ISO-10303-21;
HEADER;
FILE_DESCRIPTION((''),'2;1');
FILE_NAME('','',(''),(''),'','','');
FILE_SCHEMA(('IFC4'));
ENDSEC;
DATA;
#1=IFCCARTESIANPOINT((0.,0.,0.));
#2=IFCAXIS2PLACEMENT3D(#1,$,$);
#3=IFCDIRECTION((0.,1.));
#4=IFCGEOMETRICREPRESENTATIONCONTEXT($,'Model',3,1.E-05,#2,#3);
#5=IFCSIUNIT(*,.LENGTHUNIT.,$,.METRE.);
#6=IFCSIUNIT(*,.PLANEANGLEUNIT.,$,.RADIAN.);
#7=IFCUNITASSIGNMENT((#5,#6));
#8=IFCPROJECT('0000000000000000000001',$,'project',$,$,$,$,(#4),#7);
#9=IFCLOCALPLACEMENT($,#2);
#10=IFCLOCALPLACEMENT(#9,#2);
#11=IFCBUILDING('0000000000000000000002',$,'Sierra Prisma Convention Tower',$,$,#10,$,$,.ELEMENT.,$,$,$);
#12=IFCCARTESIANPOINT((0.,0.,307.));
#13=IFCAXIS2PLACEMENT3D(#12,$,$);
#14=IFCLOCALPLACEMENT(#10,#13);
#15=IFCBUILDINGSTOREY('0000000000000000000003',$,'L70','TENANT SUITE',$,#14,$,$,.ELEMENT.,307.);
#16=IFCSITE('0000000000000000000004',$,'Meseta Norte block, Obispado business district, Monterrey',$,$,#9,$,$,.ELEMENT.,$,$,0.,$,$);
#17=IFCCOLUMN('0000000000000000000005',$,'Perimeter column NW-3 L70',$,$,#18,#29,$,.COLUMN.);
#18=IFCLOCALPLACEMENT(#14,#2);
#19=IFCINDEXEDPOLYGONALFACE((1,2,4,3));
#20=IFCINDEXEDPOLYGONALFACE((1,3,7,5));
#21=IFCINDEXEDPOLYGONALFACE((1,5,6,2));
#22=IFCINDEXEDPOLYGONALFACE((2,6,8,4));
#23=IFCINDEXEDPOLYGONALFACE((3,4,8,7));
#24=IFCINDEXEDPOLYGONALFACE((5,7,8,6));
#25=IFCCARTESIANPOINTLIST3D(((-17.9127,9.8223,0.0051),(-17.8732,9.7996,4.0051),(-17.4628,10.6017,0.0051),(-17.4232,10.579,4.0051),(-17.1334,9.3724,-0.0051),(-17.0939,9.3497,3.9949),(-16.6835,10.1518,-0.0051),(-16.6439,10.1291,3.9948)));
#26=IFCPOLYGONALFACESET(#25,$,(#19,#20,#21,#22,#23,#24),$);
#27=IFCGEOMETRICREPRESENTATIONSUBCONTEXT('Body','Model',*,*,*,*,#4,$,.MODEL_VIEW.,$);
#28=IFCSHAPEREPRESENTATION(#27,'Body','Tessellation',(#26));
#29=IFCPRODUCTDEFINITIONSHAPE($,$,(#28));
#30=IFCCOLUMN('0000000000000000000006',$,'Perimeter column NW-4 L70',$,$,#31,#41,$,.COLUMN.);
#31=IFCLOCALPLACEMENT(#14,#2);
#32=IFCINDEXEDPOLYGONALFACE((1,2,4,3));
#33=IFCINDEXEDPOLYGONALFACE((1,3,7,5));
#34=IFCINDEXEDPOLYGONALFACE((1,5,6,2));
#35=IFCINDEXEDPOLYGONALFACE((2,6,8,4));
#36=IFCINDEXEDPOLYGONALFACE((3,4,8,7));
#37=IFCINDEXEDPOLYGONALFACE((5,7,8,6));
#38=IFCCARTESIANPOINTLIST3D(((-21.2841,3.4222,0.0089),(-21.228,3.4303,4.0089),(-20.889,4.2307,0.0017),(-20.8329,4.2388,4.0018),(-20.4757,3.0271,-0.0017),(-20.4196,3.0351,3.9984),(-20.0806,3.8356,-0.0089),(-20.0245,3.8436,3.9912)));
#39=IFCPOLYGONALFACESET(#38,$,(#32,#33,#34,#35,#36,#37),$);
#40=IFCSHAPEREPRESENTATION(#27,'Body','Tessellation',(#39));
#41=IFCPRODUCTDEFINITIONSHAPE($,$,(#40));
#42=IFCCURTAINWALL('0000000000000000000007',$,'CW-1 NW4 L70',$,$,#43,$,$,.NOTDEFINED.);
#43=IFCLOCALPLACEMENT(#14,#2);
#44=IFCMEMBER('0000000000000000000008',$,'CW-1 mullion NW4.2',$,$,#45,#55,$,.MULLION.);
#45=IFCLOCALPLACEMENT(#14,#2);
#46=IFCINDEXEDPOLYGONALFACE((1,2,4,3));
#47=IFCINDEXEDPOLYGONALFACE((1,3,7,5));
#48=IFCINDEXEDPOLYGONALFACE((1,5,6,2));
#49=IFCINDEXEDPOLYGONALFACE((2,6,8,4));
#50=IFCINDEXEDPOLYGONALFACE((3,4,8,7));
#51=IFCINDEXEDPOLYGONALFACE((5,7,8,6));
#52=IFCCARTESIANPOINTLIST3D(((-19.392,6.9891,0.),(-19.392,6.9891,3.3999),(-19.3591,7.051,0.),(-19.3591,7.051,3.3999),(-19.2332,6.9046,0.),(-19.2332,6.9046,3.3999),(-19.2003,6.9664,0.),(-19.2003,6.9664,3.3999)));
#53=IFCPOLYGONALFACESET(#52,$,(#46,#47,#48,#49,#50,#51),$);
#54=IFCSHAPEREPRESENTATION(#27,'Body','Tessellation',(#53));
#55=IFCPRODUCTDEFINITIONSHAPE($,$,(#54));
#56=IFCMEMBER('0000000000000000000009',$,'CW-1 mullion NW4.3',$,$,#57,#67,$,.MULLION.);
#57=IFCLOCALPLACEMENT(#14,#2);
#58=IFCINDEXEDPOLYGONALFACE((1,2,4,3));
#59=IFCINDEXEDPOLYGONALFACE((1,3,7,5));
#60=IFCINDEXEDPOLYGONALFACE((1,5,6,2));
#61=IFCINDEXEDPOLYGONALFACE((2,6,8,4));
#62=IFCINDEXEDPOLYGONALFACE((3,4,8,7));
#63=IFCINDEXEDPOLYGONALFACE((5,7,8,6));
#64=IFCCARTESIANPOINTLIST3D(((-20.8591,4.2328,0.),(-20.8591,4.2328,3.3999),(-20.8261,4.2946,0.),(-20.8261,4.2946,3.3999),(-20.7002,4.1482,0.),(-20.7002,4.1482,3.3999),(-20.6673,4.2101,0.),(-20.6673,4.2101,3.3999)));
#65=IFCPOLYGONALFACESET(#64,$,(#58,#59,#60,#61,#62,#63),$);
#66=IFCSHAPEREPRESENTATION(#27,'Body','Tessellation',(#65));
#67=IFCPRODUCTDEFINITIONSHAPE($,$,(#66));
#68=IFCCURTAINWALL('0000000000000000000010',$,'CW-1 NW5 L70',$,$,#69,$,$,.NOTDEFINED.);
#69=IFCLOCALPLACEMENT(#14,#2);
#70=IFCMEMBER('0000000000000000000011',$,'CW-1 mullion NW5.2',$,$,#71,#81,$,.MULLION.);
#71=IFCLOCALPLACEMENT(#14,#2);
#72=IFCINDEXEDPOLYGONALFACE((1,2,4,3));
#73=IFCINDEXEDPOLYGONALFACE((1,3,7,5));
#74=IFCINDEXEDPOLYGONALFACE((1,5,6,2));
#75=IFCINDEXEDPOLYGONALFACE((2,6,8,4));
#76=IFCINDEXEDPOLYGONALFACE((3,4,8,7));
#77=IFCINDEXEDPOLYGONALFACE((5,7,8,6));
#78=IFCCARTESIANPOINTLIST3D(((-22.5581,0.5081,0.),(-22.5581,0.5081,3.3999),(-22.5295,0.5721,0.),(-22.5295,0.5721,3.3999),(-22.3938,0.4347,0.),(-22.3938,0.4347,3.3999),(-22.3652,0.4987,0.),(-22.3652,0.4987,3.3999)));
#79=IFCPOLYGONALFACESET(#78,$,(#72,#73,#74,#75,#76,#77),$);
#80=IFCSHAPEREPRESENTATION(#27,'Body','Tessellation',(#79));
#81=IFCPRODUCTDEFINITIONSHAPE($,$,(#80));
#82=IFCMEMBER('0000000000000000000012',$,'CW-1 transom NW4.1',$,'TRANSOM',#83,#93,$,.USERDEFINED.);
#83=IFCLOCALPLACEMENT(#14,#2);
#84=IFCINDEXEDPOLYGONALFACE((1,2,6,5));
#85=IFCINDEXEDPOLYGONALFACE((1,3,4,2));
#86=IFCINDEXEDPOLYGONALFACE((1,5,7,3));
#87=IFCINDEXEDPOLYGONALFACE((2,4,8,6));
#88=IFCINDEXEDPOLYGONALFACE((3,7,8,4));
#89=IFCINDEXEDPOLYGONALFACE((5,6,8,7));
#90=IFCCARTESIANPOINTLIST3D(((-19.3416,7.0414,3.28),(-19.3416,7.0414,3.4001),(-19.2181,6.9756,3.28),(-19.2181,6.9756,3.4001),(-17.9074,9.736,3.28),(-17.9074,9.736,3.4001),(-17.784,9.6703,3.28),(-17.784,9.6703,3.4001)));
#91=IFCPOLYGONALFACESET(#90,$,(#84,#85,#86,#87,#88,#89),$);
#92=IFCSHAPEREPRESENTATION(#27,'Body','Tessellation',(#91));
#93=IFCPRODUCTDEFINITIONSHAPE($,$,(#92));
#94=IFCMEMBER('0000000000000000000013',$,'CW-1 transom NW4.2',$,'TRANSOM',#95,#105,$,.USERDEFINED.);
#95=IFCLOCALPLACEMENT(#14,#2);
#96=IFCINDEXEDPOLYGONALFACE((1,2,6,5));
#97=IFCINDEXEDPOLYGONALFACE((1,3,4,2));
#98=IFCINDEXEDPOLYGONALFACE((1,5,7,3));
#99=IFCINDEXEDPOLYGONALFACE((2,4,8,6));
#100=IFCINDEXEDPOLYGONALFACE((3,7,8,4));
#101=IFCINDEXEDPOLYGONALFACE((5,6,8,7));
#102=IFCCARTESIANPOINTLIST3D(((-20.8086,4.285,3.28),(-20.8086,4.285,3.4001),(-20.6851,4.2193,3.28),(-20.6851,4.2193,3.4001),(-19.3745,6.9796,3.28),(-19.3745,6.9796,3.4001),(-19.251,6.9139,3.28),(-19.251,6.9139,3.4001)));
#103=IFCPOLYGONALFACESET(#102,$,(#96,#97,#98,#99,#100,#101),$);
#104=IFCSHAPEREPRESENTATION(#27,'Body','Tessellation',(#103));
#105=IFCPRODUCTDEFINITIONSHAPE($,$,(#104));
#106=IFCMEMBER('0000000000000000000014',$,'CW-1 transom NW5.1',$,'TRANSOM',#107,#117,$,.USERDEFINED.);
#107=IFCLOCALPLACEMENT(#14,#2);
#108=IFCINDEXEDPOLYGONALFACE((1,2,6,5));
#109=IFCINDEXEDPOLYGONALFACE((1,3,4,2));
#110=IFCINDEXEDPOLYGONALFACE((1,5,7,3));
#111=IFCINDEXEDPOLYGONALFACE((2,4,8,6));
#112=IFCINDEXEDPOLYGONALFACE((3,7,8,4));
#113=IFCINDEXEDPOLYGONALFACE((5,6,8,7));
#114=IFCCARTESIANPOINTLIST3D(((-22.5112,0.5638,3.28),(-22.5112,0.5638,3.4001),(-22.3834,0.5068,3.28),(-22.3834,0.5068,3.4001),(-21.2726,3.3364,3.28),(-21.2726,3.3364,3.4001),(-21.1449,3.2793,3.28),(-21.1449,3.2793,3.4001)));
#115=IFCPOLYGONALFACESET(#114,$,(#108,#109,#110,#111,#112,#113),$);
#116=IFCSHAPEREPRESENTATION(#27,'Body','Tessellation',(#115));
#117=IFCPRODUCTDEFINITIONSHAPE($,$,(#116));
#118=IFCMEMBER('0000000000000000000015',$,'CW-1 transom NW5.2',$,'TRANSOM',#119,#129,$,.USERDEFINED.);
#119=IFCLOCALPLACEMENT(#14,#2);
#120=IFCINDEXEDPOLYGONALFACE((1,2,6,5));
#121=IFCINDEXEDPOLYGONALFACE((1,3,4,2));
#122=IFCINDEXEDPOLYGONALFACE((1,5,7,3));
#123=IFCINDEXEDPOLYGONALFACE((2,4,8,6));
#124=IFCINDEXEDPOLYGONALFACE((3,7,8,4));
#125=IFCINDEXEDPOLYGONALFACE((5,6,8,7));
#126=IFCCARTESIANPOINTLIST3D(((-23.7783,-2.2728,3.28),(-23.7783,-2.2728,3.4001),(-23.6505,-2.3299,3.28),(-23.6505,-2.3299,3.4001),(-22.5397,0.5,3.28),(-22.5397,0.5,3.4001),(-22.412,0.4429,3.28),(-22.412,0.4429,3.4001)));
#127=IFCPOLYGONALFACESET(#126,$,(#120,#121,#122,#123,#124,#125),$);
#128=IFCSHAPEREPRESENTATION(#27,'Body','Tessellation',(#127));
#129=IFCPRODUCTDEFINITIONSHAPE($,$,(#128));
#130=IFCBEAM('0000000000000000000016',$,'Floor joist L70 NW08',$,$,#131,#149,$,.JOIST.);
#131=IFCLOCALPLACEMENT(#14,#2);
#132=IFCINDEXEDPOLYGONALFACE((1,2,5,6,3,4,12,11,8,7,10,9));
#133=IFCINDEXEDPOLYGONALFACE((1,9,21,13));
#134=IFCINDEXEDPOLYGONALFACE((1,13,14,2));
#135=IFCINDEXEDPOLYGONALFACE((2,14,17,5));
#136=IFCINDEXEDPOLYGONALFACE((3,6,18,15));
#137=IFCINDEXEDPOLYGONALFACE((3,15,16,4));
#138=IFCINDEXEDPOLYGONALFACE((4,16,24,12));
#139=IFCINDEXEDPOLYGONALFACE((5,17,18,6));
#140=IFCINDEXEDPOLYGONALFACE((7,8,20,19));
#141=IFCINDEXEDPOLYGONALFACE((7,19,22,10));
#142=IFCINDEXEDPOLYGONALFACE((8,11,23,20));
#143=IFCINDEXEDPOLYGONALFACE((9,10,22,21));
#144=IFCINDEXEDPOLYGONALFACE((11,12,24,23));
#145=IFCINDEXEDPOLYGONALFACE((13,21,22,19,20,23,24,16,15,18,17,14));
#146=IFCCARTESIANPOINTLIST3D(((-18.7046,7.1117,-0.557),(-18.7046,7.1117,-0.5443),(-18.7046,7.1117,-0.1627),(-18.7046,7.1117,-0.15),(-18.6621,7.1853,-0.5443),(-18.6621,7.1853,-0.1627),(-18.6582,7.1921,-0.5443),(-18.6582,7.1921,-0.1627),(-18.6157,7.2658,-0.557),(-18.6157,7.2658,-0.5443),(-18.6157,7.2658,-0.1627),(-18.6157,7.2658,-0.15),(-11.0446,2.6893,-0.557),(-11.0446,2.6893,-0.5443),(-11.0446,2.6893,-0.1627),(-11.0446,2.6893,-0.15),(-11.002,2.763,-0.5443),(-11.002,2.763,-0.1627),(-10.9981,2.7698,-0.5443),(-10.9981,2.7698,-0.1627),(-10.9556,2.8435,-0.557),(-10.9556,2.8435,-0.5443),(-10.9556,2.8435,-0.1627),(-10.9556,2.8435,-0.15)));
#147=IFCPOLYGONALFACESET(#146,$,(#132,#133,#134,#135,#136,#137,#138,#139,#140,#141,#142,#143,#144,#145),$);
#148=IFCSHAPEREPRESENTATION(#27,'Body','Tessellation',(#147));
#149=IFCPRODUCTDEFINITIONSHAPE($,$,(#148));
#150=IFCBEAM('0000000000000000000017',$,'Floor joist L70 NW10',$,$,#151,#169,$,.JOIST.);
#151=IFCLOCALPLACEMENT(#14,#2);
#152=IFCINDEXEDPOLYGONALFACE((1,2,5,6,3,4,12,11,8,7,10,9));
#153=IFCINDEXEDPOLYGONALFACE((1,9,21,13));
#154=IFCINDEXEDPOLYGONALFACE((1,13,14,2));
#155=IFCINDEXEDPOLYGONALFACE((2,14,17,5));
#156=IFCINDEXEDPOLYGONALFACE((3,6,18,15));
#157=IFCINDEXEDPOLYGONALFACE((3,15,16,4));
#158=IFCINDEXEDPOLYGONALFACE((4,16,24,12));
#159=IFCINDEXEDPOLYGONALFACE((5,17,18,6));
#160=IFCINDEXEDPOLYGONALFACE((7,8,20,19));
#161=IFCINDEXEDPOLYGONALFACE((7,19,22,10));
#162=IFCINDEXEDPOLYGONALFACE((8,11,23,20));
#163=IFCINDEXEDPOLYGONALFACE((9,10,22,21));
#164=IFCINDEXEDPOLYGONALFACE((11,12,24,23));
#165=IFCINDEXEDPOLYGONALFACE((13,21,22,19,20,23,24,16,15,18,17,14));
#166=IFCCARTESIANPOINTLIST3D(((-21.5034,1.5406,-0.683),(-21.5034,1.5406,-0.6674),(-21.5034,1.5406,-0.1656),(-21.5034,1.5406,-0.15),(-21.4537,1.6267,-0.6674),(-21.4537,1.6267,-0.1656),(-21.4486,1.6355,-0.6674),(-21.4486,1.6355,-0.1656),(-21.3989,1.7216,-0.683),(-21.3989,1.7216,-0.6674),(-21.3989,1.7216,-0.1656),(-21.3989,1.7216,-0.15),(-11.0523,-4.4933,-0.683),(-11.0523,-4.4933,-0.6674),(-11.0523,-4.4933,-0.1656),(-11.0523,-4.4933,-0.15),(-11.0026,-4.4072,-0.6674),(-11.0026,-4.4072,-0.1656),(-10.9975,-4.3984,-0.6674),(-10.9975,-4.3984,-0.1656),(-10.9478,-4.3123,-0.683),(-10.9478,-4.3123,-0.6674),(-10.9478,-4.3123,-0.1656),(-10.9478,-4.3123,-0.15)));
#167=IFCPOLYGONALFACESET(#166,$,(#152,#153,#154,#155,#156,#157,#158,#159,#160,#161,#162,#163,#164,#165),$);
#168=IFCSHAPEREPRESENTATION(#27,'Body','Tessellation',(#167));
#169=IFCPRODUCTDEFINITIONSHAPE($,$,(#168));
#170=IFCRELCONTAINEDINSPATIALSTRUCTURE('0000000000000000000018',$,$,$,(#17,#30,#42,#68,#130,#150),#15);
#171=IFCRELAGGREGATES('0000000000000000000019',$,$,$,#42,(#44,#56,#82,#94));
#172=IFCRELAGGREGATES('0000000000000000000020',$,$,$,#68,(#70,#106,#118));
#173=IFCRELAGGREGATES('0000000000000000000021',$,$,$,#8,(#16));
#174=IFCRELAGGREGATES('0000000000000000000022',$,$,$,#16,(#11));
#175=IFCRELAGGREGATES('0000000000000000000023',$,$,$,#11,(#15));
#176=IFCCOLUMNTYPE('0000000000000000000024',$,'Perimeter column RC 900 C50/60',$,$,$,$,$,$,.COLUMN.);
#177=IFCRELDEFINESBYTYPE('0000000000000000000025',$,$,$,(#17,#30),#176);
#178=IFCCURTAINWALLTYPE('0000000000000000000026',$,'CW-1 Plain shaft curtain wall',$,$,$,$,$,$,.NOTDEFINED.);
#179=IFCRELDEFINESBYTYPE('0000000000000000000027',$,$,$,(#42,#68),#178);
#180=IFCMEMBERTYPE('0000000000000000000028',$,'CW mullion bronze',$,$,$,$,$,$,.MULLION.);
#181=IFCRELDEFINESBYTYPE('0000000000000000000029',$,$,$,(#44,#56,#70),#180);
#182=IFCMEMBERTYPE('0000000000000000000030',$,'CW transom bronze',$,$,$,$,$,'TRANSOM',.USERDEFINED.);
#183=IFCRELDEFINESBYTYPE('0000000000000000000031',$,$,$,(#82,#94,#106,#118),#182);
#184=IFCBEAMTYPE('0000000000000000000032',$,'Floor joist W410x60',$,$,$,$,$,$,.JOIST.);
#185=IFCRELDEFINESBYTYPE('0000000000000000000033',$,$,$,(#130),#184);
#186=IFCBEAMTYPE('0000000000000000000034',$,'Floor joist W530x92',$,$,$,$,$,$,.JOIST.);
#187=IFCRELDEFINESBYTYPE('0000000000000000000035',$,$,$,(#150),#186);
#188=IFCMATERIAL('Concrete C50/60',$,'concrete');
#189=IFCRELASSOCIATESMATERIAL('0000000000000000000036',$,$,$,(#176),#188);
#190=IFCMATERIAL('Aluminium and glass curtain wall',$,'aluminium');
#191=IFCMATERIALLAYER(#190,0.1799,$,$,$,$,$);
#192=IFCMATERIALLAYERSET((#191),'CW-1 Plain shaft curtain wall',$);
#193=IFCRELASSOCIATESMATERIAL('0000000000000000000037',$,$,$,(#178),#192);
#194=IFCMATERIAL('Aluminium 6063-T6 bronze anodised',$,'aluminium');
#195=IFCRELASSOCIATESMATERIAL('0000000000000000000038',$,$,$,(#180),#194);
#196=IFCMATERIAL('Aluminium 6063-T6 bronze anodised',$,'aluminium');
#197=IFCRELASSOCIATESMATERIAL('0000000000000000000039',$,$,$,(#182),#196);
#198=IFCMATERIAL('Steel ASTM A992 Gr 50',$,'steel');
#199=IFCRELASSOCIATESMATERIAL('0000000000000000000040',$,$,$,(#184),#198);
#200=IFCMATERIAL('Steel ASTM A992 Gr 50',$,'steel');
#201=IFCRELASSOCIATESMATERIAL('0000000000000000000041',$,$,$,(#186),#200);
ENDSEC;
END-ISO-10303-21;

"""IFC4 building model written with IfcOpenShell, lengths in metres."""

from ifc_helpers import new_model, si_unit, direction, frame, origin, origin_2d, place, context, subcontext, project, spatial, rectangle, i_section, extrude, material, layer, layer_set, material_profile, profile_set, type_object, element, aggregate, save


model = new_model("IFC4")

# Units and contexts
model_context = context("Model", 3, precision=1e-05, world=origin(), true_north=direction((0.0, 1.0)))
body_context = subcontext(model_context, "Body", "Model", "MODEL_VIEW")
ifc_project = project(units=[si_unit("LENGTHUNIT", "METRE"), si_unit("PLANEANGLEUNIT", "RADIAN")], contexts=[model_context])

# Site, building, storey
site_placement = place(None, origin())
site = spatial("IfcSite", under=ifc_project, at=site_placement, Name="Meseta Norte block, Obispado business district, Monterrey", CompositionType="ELEMENT", RefElevation=0.0)
building_placement = place(site_placement, origin())
building = spatial("IfcBuilding", under=site, at=building_placement, Name="Sierra Prisma Convention Tower", CompositionType="ELEMENT")
storey_placement = place(building_placement, frame((0.0, 0.0, 307.0)))
storey = spatial("IfcBuildingStorey", under=building, at=storey_placement, Name="L70", Description="TENANT SUITE", CompositionType="ELEMENT", Elevation=307.0)

# Columns
ifc_material_1 = material(Name="Concrete C50/60", Category="concrete")
ifc_material_profile_1 = material_profile(ifc_material_1, rectangle(XDim=0.8999, YDim=0.8999, at=origin_2d()), Name="Perimeter column RC 900 C50/60")
ifc_profile_set_1 = profile_set([ifc_material_profile_1], Name="Concrete C50/60")
column_type = type_object("IfcColumnType", Name="Perimeter column RC 900 C50/60", PredefinedType="COLUMN", material=ifc_profile_set_1)
column_1_placement = place(storey_placement, frame((-17.2981, 9.9871, 0.0), z_axis=(0.009887, -0.005676, 0.999935), x_axis=(0.499976, 0.86604, -0.000028)))
element("IfcColumn", 1, at=column_1_placement, inside=storey, type_object=column_type, Name="Perimeter column NW-3 L70", PredefinedType="COLUMN", context=body_context, shape_type="SweptSolid", body=[
    extrude(rectangle(XDim=0.8999, YDim=0.8999, at=origin_2d()), origin(), (0.0, 0.0, 1.0), 4.0002),
])
column_2_placement = place(storey_placement, frame((-20.6824, 3.6289, 0.0), z_axis=(0.014037, 0.002014, 0.999899), x_axis=(0.439063, 0.898421, -0.007973)))
element("IfcColumn", 2, at=column_2_placement, inside=storey, type_object=column_type, Name="Perimeter column NW-4 L70", PredefinedType="COLUMN", context=body_context, shape_type="SweptSolid", body=[
    extrude(rectangle(XDim=0.8999, YDim=0.8999, at=origin_2d()), origin(), (0.0, 0.0, 1.0), 4.0005),
])

# Curtain wall, members
ifc_material_2 = material(Name="Aluminium and glass curtain wall", Category="aluminium")
ifc_layer_1 = layer(ifc_material_2, 0.1799)
ifc_layer_set_1 = layer_set([ifc_layer_1], Name="CW-1 Plain shaft curtain wall")
curtain_wall_type = type_object("IfcCurtainWallType", Name="CW-1 Plain shaft curtain wall", PredefinedType="NOTDEFINED", material=ifc_layer_set_1)
curtain_wall_1_placement = place(storey_placement, origin())
curtain_wall_1 = element("IfcCurtainWall", 3, at=curtain_wall_1_placement, inside=storey, type_object=curtain_wall_type, Name="CW-1 NW4 L70", PredefinedType="NOTDEFINED")
ifc_material_3 = material(Name="Aluminium 6063-T6 bronze anodised", Category="aluminium")
ifc_material_profile_2 = material_profile(ifc_material_3, rectangle(XDim=0.1799, YDim=0.0701, at=origin_2d()), Name="ALU MULLION 70x180")
ifc_profile_set_2 = profile_set([ifc_material_profile_2], Name="Aluminium 6063-T6 bronze anodised")
member_type_1 = type_object("IfcMemberType", Name="CW mullion bronze", PredefinedType="MULLION", material=ifc_profile_set_2)
member_1_placement = place(storey_placement, frame((-19.2961, 6.9778, 0.0), z_axis=(0.0, 0.0, 1.0), x_axis=(0.882755, -0.469833, 0.0)))
member_1 = element("IfcMember", 4, at=member_1_placement, type_object=member_type_1, Name="CW-1 mullion NW4.2", PredefinedType="MULLION", context=body_context, shape_type="SweptSolid", body=[
    extrude(rectangle(XDim=0.1799, YDim=0.0701, at=origin_2d()), origin(), (0.0, 0.0, 1.0), 3.3999),
])
member_2_placement = place(storey_placement, frame((-20.7632, 4.2214, 0.0), z_axis=(0.0, 0.0, 1.0), x_axis=(0.882755, -0.469833, 0.0)))
member_2 = element("IfcMember", 5, at=member_2_placement, type_object=member_type_1, Name="CW-1 mullion NW4.3", PredefinedType="MULLION", context=body_context, shape_type="SweptSolid", body=[
    extrude(rectangle(XDim=0.1799, YDim=0.0701, at=origin_2d()), origin(), (0.0, 0.0, 1.0), 3.3999),
])

# Curtain wall, member
curtain_wall_2_placement = place(storey_placement, origin())
curtain_wall_2 = element("IfcCurtainWall", 6, at=curtain_wall_2_placement, inside=storey, type_object=curtain_wall_type, Name="CW-1 NW5 L70", PredefinedType="NOTDEFINED")
member_3_placement = place(storey_placement, frame((-22.4617, 0.5034, 0.0), z_axis=(0.0, 0.0, 1.0), x_axis=(0.913045, -0.407858, 0.0)))
member_3 = element("IfcMember", 7, at=member_3_placement, type_object=member_type_1, Name="CW-1 mullion NW5.2", PredefinedType="MULLION", context=body_context, shape_type="SweptSolid", body=[
    extrude(rectangle(XDim=0.1799, YDim=0.0701, at=origin_2d()), origin(), (0.0, 0.0, 1.0), 3.3999),
])

# Members
ifc_material_4 = material(Name="Aluminium 6063-T6 bronze anodised", Category="aluminium")
ifc_material_profile_3 = material_profile(ifc_material_4, rectangle(XDim=0.1399, YDim=0.1201, at=origin_2d()), Name="ALU TRANSOM 120x140")
ifc_profile_set_3 = profile_set([ifc_material_profile_3], Name="Aluminium 6063-T6 bronze anodised")
member_type_2 = type_object("IfcMemberType", Name="CW transom bronze", ElementType="TRANSOM", PredefinedType="USERDEFINED", material=ifc_profile_set_3)
member_4_placement = place(storey_placement, frame((-17.8457, 9.7031, 3.3401), z_axis=(-0.469816, -0.882764, 0.0), x_axis=(0.882764, -0.469816, 0.0)))
member_4 = element("IfcMember", 8, at=member_4_placement, type_object=member_type_2, Name="CW-1 transom NW4.1", ObjectType="TRANSOM", PredefinedType="USERDEFINED", context=body_context, shape_type="SweptSolid", body=[
    extrude(rectangle(XDim=0.1399, YDim=0.1201, at=origin_2d()), origin(), (0.0, 0.0, 1.0), 3.0525),
])
member_5_placement = place(storey_placement, frame((-19.3127, 6.9468, 3.3401), z_axis=(-0.469816, -0.882764, 0.0), x_axis=(0.882764, -0.469816, 0.0)))
member_5 = element("IfcMember", 9, at=member_5_placement, type_object=member_type_2, Name="CW-1 transom NW4.2", ObjectType="TRANSOM", PredefinedType="USERDEFINED", context=body_context, shape_type="SweptSolid", body=[
    extrude(rectangle(XDim=0.1399, YDim=0.1201, at=origin_2d()), origin(), (0.0, 0.0, 1.0), 3.0525),
])
member_6_placement = place(storey_placement, frame((-21.2087, 3.3079, 3.3401), z_axis=(-0.407876, -0.913037, 0.0), x_axis=(0.913037, -0.407876, 0.0)))
member_6 = element("IfcMember", 10, at=member_6_placement, type_object=member_type_2, Name="CW-1 transom NW5.1", ObjectType="TRANSOM", PredefinedType="USERDEFINED", context=body_context, shape_type="SweptSolid", body=[
    extrude(rectangle(XDim=0.1399, YDim=0.1201, at=origin_2d()), origin(), (0.0, 0.0, 1.0), 3.0366),
])
member_7_placement = place(storey_placement, frame((-22.4758, 0.4714, 3.3401), z_axis=(-0.407846, -0.913051, 0.0), x_axis=(0.913051, -0.407846, 0.0)))
member_7 = element("IfcMember", 11, at=member_7_placement, type_object=member_type_2, Name="CW-1 transom NW5.2", ObjectType="TRANSOM", PredefinedType="USERDEFINED", context=body_context, shape_type="SweptSolid", body=[
    extrude(rectangle(XDim=0.1399, YDim=0.1201, at=origin_2d()), origin(), (0.0, 0.0, 1.0), 3.0369),
])

# Beams
ifc_material_5 = material(Name="Steel ASTM A992 Gr 50", Category="steel")
ifc_material_profile_4 = material_profile(ifc_material_5, i_section(OverallWidth=0.178, OverallDepth=0.407, WebThickness=0.0078, FlangeThickness=0.0127, at=origin_2d()), Name="W410x60")
ifc_profile_set_4 = profile_set([ifc_material_profile_4], Name="Steel ASTM A992 Gr 50")
beam_type_1 = type_object("IfcBeamType", Name="Floor joist W410x60", PredefinedType="JOIST", material=ifc_profile_set_4)
beam_1_placement = place(storey_placement, frame((-18.6602, 7.1887, -0.3535), z_axis=(0.866037, -0.49998, 0.0), x_axis=(0.49998, 0.866037, 0.0)))
element("IfcBeam", 12, at=beam_1_placement, inside=storey, type_object=beam_type_1, Name="Floor joist L70 NW08", PredefinedType="JOIST", context=body_context, shape_type="SweptSolid", body=[
    extrude(i_section(OverallWidth=0.178, OverallDepth=0.407, WebThickness=0.0078, FlangeThickness=0.0127, at=origin_2d()), origin(), (0.0, 0.0, 1.0), 8.845),
])
ifc_material_6 = material(Name="Steel ASTM A992 Gr 50", Category="steel")
ifc_material_profile_5 = material_profile(ifc_material_6, i_section(OverallWidth=0.209, OverallDepth=0.533, WebThickness=0.0103, FlangeThickness=0.0156, at=origin_2d()), Name="W530x92")
ifc_profile_set_5 = profile_set([ifc_material_profile_5], Name="Steel ASTM A992 Gr 50")
beam_type_2 = type_object("IfcBeamType", Name="Floor joist W530x92", PredefinedType="JOIST", material=ifc_profile_set_5)
beam_2_placement = place(storey_placement, frame((-21.4512, 1.6311, -0.4165), z_axis=(0.866027, -0.499997, 0.0), x_axis=(0.499997, 0.866027, 0.0)))
element("IfcBeam", 13, at=beam_2_placement, inside=storey, type_object=beam_type_2, Name="Floor joist L70 NW10", PredefinedType="JOIST", context=body_context, shape_type="SweptSolid", body=[
    extrude(i_section(OverallWidth=0.209, OverallDepth=0.533, WebThickness=0.0103, FlangeThickness=0.0156, at=origin_2d()), origin(), (0.0, 0.0, 1.0), 12.0679),
])

aggregate(curtain_wall_1, [member_1, member_2, member_4, member_5])
aggregate(curtain_wall_2, [member_3, member_6, member_7])

save(model, "model.ifc")
